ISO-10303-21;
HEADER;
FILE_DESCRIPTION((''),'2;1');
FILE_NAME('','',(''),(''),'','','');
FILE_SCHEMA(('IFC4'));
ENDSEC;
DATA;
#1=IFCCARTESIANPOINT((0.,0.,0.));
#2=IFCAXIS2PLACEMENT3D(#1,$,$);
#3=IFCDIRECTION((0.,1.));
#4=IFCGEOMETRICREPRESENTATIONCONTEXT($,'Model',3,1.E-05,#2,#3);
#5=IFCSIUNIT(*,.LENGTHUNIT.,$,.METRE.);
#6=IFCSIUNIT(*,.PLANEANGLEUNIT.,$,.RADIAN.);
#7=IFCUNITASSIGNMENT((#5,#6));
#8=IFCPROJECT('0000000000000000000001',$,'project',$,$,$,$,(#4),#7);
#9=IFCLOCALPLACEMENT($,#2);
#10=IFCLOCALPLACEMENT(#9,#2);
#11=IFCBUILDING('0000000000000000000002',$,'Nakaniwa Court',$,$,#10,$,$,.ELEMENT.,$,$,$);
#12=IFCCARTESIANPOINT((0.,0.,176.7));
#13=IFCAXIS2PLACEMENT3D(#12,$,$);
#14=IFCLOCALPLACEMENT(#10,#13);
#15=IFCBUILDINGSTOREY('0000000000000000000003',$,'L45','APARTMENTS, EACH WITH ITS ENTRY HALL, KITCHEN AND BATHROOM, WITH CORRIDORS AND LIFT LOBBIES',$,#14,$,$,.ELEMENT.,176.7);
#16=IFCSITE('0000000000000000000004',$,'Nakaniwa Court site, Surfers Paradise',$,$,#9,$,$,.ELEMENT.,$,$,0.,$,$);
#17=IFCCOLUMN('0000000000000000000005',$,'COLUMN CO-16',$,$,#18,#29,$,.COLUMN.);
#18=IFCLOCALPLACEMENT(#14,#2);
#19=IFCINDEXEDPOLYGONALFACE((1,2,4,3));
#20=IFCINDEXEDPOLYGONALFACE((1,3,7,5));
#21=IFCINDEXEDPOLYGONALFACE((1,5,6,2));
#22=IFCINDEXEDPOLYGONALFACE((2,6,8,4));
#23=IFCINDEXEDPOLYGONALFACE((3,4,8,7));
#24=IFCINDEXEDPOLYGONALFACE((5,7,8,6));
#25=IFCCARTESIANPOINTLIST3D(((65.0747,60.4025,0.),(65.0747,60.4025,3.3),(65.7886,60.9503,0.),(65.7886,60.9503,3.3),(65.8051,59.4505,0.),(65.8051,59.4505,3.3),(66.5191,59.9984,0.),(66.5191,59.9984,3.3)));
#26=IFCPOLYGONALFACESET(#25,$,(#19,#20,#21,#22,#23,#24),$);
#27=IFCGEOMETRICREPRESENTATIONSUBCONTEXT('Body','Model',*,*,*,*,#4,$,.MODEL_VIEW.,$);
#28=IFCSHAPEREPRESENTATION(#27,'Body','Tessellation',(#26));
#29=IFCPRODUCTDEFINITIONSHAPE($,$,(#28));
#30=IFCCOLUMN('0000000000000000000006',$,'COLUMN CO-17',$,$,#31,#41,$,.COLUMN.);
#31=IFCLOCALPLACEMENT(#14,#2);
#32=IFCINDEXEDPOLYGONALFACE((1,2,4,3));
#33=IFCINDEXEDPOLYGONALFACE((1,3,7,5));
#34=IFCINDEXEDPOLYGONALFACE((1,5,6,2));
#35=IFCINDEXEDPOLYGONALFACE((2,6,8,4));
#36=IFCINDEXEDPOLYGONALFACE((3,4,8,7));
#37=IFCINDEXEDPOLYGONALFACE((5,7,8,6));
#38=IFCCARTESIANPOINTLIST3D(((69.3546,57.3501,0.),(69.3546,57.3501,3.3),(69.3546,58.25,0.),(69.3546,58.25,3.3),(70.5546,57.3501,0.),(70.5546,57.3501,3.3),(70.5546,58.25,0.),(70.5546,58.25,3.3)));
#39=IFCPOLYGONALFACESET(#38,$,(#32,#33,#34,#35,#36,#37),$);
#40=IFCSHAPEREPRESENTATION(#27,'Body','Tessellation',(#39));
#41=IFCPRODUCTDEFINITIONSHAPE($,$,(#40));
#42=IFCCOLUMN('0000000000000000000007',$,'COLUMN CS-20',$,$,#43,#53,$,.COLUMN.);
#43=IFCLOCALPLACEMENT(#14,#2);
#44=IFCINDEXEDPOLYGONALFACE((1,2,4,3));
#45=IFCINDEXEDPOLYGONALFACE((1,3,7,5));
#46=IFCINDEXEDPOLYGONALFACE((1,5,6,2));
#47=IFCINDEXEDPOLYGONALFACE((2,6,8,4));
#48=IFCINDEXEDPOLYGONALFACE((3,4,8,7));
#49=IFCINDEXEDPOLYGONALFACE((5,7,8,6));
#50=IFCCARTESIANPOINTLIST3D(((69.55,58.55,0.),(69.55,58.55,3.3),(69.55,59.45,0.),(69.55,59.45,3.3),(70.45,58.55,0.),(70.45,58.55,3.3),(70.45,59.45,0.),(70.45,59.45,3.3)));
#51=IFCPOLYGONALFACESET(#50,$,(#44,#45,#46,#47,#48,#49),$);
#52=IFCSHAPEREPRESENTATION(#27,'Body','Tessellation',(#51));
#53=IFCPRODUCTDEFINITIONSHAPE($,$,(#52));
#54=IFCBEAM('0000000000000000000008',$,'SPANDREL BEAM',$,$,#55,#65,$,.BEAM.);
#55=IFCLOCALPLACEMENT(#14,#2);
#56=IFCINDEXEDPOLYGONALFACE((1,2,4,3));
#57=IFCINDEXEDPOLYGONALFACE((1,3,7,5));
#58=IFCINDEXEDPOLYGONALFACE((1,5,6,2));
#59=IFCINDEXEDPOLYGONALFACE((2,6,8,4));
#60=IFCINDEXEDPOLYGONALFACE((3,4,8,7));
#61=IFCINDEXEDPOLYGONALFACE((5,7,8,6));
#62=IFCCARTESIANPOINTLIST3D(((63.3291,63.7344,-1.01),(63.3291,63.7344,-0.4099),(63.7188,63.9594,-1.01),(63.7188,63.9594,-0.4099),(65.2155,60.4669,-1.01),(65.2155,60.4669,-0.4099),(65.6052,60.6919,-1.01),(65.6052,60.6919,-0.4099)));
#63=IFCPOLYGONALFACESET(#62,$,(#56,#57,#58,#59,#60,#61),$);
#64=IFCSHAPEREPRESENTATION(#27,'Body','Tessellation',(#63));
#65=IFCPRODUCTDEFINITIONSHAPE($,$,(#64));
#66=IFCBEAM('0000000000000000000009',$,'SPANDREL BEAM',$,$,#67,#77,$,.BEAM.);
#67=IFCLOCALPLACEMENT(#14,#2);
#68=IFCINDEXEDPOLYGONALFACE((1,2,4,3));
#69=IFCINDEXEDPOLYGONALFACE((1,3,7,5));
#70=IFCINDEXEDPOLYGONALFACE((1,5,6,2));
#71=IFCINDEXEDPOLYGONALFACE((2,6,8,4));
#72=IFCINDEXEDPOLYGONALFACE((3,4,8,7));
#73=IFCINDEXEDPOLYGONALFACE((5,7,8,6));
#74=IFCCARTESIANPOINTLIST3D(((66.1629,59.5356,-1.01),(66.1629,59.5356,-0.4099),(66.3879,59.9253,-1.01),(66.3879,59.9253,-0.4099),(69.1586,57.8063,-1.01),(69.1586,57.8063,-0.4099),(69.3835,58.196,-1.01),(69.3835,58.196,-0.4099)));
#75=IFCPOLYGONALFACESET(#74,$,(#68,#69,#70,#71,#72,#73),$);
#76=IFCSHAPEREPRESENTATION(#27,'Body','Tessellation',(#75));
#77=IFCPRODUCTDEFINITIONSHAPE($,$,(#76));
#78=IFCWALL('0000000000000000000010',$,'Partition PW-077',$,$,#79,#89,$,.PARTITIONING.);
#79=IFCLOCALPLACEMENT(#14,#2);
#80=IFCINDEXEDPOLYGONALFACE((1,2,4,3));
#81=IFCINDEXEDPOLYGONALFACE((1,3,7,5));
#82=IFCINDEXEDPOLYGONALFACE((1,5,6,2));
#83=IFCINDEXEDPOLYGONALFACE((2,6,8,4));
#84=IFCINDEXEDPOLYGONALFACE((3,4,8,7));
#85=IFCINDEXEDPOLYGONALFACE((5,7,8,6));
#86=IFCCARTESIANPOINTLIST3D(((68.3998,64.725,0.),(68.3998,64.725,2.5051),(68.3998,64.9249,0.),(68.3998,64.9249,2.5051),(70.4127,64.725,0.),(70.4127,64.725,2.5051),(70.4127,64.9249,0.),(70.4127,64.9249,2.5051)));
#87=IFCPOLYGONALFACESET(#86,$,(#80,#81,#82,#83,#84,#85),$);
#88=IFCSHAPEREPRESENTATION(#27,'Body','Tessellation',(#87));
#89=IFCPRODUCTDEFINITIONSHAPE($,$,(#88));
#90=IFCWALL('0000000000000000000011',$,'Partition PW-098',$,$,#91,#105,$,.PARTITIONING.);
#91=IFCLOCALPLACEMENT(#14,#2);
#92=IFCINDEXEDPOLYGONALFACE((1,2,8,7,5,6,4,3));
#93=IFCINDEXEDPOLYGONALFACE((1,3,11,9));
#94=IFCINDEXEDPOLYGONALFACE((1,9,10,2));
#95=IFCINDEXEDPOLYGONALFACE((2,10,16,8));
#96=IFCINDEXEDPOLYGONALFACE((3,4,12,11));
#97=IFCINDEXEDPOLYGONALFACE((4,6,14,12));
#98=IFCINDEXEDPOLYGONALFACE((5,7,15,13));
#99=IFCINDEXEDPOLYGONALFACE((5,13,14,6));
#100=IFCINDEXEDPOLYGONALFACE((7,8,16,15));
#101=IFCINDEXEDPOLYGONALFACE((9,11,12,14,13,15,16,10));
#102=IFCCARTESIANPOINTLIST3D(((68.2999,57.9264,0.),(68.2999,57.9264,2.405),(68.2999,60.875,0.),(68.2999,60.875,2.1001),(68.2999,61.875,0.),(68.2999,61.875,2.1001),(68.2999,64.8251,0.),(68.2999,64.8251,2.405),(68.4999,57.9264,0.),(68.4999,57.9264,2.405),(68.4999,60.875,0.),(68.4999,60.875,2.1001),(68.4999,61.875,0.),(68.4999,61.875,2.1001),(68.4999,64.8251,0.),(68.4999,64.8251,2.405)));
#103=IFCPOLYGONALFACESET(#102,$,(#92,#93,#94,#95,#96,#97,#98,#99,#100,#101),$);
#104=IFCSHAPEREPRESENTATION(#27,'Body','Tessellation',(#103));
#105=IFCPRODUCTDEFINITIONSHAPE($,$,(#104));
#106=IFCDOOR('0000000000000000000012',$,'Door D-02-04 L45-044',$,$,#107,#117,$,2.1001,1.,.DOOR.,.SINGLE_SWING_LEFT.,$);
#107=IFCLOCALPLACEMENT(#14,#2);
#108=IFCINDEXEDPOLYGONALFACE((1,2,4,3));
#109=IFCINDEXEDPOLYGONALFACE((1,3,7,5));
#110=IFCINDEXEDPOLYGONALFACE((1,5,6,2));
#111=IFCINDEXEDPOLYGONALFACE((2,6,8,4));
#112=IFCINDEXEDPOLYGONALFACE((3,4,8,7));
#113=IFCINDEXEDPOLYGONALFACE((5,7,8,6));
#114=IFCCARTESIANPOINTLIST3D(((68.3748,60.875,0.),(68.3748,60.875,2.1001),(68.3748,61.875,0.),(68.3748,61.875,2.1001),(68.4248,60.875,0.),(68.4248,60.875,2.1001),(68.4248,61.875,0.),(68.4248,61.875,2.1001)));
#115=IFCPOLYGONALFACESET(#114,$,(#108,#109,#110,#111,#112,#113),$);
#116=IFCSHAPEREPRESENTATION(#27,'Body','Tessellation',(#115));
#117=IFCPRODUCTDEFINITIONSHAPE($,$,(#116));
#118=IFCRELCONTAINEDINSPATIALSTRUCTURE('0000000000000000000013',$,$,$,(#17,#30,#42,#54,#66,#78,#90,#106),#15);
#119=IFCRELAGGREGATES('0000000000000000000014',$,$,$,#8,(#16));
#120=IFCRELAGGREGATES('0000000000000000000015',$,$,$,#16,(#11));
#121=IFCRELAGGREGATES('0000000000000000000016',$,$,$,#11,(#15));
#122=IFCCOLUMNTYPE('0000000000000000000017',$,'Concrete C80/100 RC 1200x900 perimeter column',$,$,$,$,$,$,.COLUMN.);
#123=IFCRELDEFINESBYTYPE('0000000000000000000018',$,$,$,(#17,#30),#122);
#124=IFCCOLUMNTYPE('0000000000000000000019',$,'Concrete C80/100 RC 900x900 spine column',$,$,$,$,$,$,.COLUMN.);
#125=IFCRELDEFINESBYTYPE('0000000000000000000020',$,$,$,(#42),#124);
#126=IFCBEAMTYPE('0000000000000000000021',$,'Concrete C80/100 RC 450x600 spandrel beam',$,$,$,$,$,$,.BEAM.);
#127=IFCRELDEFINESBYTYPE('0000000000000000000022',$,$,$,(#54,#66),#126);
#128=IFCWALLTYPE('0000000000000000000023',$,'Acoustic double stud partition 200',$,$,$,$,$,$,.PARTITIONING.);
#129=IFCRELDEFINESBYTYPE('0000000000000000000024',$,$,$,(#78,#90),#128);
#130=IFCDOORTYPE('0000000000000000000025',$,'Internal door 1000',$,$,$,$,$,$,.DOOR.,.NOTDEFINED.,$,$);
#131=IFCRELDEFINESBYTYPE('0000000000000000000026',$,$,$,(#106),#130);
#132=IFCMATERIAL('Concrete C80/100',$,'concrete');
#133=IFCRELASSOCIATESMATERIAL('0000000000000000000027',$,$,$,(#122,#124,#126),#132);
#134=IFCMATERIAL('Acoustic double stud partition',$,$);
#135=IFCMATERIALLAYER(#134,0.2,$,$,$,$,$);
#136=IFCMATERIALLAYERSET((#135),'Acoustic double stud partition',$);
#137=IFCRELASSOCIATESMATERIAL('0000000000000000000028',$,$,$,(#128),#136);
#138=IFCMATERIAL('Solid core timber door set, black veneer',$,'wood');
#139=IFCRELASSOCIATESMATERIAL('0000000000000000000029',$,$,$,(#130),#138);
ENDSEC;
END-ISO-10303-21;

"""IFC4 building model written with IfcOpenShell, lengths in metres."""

from ifc_helpers import new_model, si_unit, direction, frame, frame_2d, origin, origin_2d, place, context, subcontext, project, spatial, rectangle, extrude, material, layer, layer_set, material_profile, profile_set, type_object, element, fill, save


model = new_model("IFC4")

# Units and contexts
model_context = context("Model", 3, precision=1e-05, world=origin(), true_north=direction((0.0, 1.0)))
body_context = subcontext(model_context, "Body", "Model", "MODEL_VIEW")
ifc_project = project(units=[si_unit("LENGTHUNIT", "METRE"), si_unit("PLANEANGLEUNIT", "RADIAN")], contexts=[model_context])

# Site, building, storey
site_placement = place(None, origin())
site = spatial("IfcSite", under=ifc_project, at=site_placement, Name="Nakaniwa Court site, Surfers Paradise", CompositionType="ELEMENT", RefElevation=0.0)
building_placement = place(site_placement, origin())
building = spatial("IfcBuilding", under=site, at=building_placement, Name="Nakaniwa Court", CompositionType="ELEMENT")
storey_placement = place(building_placement, frame((0.0, 0.0, 176.7)))
storey = spatial("IfcBuildingStorey", under=building, at=storey_placement, Name="L45", Description="APARTMENTS, EACH WITH ITS ENTRY HALL, KITCHEN AND BATHROOM, WITH CORRIDORS AND LIFT LOBBIES", CompositionType="ELEMENT", Elevation=176.7)

# Columns
ifc_material_1 = material(Name="Concrete C80/100", Category="concrete")
ifc_material_profile_1 = material_profile(ifc_material_1, rectangle(XDim=1.2, YDim=0.8999, at=origin_2d()), Name="Concrete C80/100 RC 1200x900 perimeter column")
ifc_profile_set_1 = profile_set([ifc_material_profile_1], Name="Concrete C80/100")
column_type_1 = type_object("IfcColumnType", Name="Concrete C80/100 RC 1200x900 perimeter column", PredefinedType="COLUMN", material=ifc_profile_set_1)
for number, where, z_axis, x_axis, name in (
    (1, (65.7969, 60.2004, 0.0), (0.0, 0.0, 1.0), (0.608761, -0.793353, 0.0), "COLUMN CO-16"),
    (2, (69.9546, 57.8, 0.0), (0.0, 0.0, 1.0), (1.0, 0.0, 0.0), "COLUMN CO-17"),
):
    element("IfcColumn", number, at=place(storey_placement, frame(where, z_axis=z_axis, x_axis=x_axis)), inside=storey, type_object=column_type_1, Name=name, PredefinedType="COLUMN", context=body_context, shape_type="SweptSolid", body=[
        extrude(rectangle(XDim=1.2, YDim=0.8999, at=origin_2d()), origin(), (0.0, 0.0, 1.0), 3.3),
    ])
ifc_material_profile_2 = material_profile(ifc_material_1, rectangle(XDim=0.8999, YDim=0.8999, at=origin_2d()), Name="Concrete C80/100 RC 900x900 spine column")
ifc_profile_set_2 = profile_set([ifc_material_profile_2], Name="Concrete C80/100")
column_type_2 = type_object("IfcColumnType", Name="Concrete C80/100 RC 900x900 spine column", PredefinedType="COLUMN", material=ifc_profile_set_2)
column_placement = place(storey_placement, frame((70.0, 59.0, 0.0), z_axis=(0.0, 0.0, 1.0), x_axis=(0.0, -1.0, 0.0)))
element("IfcColumn", 3, at=column_placement, inside=storey, type_object=column_type_2, Name="COLUMN CS-20", PredefinedType="COLUMN", context=body_context, shape_type="SweptSolid", body=[
    extrude(rectangle(XDim=0.8999, YDim=0.8999, at=origin_2d()), origin(), (0.0, 0.0, 1.0), 3.3),
])

# Beams
ifc_material_profile_3 = material_profile(ifc_material_1, rectangle(XDim=0.45, YDim=0.6001, at=origin_2d()), Name="Concrete C80/100 RC 450x600 spandrel beam")
ifc_profile_set_3 = profile_set([ifc_material_profile_3], Name="Concrete C80/100")
beam_type = type_object("IfcBeamType", Name="Concrete C80/100 RC 450x600 spandrel beam", PredefinedType="BEAM", material=ifc_profile_set_3)
beam_1_placement = place(storey_placement, frame((63.5239, 63.8469, -0.71), z_axis=(0.499988, -0.866033, 0.0), x_axis=(0.866033, 0.499988, 0.0)))
element("IfcBeam", 4, at=beam_1_placement, inside=storey, type_object=beam_type, Name="SPANDREL BEAM", PredefinedType="BEAM", context=body_context, shape_type="SweptSolid", body=[
    extrude(rectangle(XDim=0.45, YDim=0.6001, at=origin_2d()), origin(), (0.0, 0.0, 1.0), 3.7729),
])
beam_2_placement = place(storey_placement, frame((66.2754, 59.7305, -0.71), z_axis=(0.866059, -0.499942, 0.0), x_axis=(0.499942, 0.866059, 0.0)))
element("IfcBeam", 5, at=beam_2_placement, inside=storey, type_object=beam_type, Name="SPANDREL BEAM", PredefinedType="BEAM", context=body_context, shape_type="SweptSolid", body=[
    extrude(rectangle(XDim=0.45, YDim=0.6001, at=origin_2d()), origin(), (0.0, 0.0, 1.0), 3.459),
])

# Wall
ifc_material_2 = material(Name="Acoustic double stud partition")
ifc_layer_1 = layer(ifc_material_2, 0.2)
ifc_layer_set_1 = layer_set([ifc_layer_1], Name="Acoustic double stud partition")
wall_type_1 = type_object("IfcWallType", Name="Acoustic double stud partition 200", PredefinedType="PARTITIONING", material=ifc_layer_set_1)
wall_1_placement = place(storey_placement, frame((68.3999, 64.825, 0.0), z_axis=(0.0, 0.0, 1.0), x_axis=(1.0, 0.0, 0.0)))
element("IfcWall", 6, at=wall_1_placement, inside=storey, type_object=wall_type_1, Name="Partition PW-077", PredefinedType="PARTITIONING", context=body_context, shape_type="SweptSolid", body=[
    extrude(rectangle(XDim=2.0129, YDim=0.2, at=frame_2d((1.0063, 0.0))), origin(), (0.0, 0.0, 1.0), 2.5051),
])

# Wall, opening, door
wall_2_placement = place(storey_placement, frame((68.3999, 64.825, 0.0), z_axis=(0.0, 0.0, 1.0), x_axis=(0.0, -1.0, 0.0)))
wall_2 = element("IfcWall", 7, at=wall_2_placement, inside=storey, type_object=wall_type_1, Name="Partition PW-098", PredefinedType="PARTITIONING", context=body_context, shape_type="SweptSolid", body=[
    extrude(rectangle(XDim=6.8987, YDim=0.2, at=frame_2d((3.4492, 0.0))), origin(), (0.0, 0.0, 1.0), 2.405),
])
opening_1_placement = place(wall_2_placement, frame((2.95, 0.0, 0.0)))
opening_1 = element("IfcOpeningElement", 8, at=opening_1_placement, cuts=wall_2, PredefinedType="OPENING", context=body_context, shape_type="SweptSolid", body=[
    extrude(rectangle(XDim=1.0, YDim=2.1001, at=frame_2d((0.5, 1.05))), frame((0.0, 0.1099, 0.0), z_axis=(0.0, -1.0, 0.0), x_axis=(1.0, 0.0, 0.0)), (0.0, 0.0, 1.0), 0.22),
])
ifc_material_3 = material(Name="Solid core timber door set, black veneer", Category="wood")
door_type_1 = type_object("IfcDoorType", Name="Internal door 1000", OperationType="NOTDEFINED", PredefinedType="DOOR", material=ifc_material_3)
door_1_placement = place(opening_1_placement, origin())
door_1 = element("IfcDoor", 9, at=door_1_placement, inside=storey, type_object=door_type_1, Name="Door D-02-04 L45-044", OperationType="SINGLE_SWING_LEFT", OverallHeight=2.1001, OverallWidth=1.0, PredefinedType="DOOR", context=body_context, shape_type="SweptSolid", body=[
    extrude(rectangle(XDim=1.0, YDim=2.1001, at=frame_2d((0.5, 1.05))), frame((0.0, 0.0249, 0.0), z_axis=(0.0, -1.0, 0.0), x_axis=(1.0, 0.0, 0.0)), (0.0, 0.0, 1.0), 0.05),
])
fill(opening_1, door_1)

save(model, "model.ifc")
